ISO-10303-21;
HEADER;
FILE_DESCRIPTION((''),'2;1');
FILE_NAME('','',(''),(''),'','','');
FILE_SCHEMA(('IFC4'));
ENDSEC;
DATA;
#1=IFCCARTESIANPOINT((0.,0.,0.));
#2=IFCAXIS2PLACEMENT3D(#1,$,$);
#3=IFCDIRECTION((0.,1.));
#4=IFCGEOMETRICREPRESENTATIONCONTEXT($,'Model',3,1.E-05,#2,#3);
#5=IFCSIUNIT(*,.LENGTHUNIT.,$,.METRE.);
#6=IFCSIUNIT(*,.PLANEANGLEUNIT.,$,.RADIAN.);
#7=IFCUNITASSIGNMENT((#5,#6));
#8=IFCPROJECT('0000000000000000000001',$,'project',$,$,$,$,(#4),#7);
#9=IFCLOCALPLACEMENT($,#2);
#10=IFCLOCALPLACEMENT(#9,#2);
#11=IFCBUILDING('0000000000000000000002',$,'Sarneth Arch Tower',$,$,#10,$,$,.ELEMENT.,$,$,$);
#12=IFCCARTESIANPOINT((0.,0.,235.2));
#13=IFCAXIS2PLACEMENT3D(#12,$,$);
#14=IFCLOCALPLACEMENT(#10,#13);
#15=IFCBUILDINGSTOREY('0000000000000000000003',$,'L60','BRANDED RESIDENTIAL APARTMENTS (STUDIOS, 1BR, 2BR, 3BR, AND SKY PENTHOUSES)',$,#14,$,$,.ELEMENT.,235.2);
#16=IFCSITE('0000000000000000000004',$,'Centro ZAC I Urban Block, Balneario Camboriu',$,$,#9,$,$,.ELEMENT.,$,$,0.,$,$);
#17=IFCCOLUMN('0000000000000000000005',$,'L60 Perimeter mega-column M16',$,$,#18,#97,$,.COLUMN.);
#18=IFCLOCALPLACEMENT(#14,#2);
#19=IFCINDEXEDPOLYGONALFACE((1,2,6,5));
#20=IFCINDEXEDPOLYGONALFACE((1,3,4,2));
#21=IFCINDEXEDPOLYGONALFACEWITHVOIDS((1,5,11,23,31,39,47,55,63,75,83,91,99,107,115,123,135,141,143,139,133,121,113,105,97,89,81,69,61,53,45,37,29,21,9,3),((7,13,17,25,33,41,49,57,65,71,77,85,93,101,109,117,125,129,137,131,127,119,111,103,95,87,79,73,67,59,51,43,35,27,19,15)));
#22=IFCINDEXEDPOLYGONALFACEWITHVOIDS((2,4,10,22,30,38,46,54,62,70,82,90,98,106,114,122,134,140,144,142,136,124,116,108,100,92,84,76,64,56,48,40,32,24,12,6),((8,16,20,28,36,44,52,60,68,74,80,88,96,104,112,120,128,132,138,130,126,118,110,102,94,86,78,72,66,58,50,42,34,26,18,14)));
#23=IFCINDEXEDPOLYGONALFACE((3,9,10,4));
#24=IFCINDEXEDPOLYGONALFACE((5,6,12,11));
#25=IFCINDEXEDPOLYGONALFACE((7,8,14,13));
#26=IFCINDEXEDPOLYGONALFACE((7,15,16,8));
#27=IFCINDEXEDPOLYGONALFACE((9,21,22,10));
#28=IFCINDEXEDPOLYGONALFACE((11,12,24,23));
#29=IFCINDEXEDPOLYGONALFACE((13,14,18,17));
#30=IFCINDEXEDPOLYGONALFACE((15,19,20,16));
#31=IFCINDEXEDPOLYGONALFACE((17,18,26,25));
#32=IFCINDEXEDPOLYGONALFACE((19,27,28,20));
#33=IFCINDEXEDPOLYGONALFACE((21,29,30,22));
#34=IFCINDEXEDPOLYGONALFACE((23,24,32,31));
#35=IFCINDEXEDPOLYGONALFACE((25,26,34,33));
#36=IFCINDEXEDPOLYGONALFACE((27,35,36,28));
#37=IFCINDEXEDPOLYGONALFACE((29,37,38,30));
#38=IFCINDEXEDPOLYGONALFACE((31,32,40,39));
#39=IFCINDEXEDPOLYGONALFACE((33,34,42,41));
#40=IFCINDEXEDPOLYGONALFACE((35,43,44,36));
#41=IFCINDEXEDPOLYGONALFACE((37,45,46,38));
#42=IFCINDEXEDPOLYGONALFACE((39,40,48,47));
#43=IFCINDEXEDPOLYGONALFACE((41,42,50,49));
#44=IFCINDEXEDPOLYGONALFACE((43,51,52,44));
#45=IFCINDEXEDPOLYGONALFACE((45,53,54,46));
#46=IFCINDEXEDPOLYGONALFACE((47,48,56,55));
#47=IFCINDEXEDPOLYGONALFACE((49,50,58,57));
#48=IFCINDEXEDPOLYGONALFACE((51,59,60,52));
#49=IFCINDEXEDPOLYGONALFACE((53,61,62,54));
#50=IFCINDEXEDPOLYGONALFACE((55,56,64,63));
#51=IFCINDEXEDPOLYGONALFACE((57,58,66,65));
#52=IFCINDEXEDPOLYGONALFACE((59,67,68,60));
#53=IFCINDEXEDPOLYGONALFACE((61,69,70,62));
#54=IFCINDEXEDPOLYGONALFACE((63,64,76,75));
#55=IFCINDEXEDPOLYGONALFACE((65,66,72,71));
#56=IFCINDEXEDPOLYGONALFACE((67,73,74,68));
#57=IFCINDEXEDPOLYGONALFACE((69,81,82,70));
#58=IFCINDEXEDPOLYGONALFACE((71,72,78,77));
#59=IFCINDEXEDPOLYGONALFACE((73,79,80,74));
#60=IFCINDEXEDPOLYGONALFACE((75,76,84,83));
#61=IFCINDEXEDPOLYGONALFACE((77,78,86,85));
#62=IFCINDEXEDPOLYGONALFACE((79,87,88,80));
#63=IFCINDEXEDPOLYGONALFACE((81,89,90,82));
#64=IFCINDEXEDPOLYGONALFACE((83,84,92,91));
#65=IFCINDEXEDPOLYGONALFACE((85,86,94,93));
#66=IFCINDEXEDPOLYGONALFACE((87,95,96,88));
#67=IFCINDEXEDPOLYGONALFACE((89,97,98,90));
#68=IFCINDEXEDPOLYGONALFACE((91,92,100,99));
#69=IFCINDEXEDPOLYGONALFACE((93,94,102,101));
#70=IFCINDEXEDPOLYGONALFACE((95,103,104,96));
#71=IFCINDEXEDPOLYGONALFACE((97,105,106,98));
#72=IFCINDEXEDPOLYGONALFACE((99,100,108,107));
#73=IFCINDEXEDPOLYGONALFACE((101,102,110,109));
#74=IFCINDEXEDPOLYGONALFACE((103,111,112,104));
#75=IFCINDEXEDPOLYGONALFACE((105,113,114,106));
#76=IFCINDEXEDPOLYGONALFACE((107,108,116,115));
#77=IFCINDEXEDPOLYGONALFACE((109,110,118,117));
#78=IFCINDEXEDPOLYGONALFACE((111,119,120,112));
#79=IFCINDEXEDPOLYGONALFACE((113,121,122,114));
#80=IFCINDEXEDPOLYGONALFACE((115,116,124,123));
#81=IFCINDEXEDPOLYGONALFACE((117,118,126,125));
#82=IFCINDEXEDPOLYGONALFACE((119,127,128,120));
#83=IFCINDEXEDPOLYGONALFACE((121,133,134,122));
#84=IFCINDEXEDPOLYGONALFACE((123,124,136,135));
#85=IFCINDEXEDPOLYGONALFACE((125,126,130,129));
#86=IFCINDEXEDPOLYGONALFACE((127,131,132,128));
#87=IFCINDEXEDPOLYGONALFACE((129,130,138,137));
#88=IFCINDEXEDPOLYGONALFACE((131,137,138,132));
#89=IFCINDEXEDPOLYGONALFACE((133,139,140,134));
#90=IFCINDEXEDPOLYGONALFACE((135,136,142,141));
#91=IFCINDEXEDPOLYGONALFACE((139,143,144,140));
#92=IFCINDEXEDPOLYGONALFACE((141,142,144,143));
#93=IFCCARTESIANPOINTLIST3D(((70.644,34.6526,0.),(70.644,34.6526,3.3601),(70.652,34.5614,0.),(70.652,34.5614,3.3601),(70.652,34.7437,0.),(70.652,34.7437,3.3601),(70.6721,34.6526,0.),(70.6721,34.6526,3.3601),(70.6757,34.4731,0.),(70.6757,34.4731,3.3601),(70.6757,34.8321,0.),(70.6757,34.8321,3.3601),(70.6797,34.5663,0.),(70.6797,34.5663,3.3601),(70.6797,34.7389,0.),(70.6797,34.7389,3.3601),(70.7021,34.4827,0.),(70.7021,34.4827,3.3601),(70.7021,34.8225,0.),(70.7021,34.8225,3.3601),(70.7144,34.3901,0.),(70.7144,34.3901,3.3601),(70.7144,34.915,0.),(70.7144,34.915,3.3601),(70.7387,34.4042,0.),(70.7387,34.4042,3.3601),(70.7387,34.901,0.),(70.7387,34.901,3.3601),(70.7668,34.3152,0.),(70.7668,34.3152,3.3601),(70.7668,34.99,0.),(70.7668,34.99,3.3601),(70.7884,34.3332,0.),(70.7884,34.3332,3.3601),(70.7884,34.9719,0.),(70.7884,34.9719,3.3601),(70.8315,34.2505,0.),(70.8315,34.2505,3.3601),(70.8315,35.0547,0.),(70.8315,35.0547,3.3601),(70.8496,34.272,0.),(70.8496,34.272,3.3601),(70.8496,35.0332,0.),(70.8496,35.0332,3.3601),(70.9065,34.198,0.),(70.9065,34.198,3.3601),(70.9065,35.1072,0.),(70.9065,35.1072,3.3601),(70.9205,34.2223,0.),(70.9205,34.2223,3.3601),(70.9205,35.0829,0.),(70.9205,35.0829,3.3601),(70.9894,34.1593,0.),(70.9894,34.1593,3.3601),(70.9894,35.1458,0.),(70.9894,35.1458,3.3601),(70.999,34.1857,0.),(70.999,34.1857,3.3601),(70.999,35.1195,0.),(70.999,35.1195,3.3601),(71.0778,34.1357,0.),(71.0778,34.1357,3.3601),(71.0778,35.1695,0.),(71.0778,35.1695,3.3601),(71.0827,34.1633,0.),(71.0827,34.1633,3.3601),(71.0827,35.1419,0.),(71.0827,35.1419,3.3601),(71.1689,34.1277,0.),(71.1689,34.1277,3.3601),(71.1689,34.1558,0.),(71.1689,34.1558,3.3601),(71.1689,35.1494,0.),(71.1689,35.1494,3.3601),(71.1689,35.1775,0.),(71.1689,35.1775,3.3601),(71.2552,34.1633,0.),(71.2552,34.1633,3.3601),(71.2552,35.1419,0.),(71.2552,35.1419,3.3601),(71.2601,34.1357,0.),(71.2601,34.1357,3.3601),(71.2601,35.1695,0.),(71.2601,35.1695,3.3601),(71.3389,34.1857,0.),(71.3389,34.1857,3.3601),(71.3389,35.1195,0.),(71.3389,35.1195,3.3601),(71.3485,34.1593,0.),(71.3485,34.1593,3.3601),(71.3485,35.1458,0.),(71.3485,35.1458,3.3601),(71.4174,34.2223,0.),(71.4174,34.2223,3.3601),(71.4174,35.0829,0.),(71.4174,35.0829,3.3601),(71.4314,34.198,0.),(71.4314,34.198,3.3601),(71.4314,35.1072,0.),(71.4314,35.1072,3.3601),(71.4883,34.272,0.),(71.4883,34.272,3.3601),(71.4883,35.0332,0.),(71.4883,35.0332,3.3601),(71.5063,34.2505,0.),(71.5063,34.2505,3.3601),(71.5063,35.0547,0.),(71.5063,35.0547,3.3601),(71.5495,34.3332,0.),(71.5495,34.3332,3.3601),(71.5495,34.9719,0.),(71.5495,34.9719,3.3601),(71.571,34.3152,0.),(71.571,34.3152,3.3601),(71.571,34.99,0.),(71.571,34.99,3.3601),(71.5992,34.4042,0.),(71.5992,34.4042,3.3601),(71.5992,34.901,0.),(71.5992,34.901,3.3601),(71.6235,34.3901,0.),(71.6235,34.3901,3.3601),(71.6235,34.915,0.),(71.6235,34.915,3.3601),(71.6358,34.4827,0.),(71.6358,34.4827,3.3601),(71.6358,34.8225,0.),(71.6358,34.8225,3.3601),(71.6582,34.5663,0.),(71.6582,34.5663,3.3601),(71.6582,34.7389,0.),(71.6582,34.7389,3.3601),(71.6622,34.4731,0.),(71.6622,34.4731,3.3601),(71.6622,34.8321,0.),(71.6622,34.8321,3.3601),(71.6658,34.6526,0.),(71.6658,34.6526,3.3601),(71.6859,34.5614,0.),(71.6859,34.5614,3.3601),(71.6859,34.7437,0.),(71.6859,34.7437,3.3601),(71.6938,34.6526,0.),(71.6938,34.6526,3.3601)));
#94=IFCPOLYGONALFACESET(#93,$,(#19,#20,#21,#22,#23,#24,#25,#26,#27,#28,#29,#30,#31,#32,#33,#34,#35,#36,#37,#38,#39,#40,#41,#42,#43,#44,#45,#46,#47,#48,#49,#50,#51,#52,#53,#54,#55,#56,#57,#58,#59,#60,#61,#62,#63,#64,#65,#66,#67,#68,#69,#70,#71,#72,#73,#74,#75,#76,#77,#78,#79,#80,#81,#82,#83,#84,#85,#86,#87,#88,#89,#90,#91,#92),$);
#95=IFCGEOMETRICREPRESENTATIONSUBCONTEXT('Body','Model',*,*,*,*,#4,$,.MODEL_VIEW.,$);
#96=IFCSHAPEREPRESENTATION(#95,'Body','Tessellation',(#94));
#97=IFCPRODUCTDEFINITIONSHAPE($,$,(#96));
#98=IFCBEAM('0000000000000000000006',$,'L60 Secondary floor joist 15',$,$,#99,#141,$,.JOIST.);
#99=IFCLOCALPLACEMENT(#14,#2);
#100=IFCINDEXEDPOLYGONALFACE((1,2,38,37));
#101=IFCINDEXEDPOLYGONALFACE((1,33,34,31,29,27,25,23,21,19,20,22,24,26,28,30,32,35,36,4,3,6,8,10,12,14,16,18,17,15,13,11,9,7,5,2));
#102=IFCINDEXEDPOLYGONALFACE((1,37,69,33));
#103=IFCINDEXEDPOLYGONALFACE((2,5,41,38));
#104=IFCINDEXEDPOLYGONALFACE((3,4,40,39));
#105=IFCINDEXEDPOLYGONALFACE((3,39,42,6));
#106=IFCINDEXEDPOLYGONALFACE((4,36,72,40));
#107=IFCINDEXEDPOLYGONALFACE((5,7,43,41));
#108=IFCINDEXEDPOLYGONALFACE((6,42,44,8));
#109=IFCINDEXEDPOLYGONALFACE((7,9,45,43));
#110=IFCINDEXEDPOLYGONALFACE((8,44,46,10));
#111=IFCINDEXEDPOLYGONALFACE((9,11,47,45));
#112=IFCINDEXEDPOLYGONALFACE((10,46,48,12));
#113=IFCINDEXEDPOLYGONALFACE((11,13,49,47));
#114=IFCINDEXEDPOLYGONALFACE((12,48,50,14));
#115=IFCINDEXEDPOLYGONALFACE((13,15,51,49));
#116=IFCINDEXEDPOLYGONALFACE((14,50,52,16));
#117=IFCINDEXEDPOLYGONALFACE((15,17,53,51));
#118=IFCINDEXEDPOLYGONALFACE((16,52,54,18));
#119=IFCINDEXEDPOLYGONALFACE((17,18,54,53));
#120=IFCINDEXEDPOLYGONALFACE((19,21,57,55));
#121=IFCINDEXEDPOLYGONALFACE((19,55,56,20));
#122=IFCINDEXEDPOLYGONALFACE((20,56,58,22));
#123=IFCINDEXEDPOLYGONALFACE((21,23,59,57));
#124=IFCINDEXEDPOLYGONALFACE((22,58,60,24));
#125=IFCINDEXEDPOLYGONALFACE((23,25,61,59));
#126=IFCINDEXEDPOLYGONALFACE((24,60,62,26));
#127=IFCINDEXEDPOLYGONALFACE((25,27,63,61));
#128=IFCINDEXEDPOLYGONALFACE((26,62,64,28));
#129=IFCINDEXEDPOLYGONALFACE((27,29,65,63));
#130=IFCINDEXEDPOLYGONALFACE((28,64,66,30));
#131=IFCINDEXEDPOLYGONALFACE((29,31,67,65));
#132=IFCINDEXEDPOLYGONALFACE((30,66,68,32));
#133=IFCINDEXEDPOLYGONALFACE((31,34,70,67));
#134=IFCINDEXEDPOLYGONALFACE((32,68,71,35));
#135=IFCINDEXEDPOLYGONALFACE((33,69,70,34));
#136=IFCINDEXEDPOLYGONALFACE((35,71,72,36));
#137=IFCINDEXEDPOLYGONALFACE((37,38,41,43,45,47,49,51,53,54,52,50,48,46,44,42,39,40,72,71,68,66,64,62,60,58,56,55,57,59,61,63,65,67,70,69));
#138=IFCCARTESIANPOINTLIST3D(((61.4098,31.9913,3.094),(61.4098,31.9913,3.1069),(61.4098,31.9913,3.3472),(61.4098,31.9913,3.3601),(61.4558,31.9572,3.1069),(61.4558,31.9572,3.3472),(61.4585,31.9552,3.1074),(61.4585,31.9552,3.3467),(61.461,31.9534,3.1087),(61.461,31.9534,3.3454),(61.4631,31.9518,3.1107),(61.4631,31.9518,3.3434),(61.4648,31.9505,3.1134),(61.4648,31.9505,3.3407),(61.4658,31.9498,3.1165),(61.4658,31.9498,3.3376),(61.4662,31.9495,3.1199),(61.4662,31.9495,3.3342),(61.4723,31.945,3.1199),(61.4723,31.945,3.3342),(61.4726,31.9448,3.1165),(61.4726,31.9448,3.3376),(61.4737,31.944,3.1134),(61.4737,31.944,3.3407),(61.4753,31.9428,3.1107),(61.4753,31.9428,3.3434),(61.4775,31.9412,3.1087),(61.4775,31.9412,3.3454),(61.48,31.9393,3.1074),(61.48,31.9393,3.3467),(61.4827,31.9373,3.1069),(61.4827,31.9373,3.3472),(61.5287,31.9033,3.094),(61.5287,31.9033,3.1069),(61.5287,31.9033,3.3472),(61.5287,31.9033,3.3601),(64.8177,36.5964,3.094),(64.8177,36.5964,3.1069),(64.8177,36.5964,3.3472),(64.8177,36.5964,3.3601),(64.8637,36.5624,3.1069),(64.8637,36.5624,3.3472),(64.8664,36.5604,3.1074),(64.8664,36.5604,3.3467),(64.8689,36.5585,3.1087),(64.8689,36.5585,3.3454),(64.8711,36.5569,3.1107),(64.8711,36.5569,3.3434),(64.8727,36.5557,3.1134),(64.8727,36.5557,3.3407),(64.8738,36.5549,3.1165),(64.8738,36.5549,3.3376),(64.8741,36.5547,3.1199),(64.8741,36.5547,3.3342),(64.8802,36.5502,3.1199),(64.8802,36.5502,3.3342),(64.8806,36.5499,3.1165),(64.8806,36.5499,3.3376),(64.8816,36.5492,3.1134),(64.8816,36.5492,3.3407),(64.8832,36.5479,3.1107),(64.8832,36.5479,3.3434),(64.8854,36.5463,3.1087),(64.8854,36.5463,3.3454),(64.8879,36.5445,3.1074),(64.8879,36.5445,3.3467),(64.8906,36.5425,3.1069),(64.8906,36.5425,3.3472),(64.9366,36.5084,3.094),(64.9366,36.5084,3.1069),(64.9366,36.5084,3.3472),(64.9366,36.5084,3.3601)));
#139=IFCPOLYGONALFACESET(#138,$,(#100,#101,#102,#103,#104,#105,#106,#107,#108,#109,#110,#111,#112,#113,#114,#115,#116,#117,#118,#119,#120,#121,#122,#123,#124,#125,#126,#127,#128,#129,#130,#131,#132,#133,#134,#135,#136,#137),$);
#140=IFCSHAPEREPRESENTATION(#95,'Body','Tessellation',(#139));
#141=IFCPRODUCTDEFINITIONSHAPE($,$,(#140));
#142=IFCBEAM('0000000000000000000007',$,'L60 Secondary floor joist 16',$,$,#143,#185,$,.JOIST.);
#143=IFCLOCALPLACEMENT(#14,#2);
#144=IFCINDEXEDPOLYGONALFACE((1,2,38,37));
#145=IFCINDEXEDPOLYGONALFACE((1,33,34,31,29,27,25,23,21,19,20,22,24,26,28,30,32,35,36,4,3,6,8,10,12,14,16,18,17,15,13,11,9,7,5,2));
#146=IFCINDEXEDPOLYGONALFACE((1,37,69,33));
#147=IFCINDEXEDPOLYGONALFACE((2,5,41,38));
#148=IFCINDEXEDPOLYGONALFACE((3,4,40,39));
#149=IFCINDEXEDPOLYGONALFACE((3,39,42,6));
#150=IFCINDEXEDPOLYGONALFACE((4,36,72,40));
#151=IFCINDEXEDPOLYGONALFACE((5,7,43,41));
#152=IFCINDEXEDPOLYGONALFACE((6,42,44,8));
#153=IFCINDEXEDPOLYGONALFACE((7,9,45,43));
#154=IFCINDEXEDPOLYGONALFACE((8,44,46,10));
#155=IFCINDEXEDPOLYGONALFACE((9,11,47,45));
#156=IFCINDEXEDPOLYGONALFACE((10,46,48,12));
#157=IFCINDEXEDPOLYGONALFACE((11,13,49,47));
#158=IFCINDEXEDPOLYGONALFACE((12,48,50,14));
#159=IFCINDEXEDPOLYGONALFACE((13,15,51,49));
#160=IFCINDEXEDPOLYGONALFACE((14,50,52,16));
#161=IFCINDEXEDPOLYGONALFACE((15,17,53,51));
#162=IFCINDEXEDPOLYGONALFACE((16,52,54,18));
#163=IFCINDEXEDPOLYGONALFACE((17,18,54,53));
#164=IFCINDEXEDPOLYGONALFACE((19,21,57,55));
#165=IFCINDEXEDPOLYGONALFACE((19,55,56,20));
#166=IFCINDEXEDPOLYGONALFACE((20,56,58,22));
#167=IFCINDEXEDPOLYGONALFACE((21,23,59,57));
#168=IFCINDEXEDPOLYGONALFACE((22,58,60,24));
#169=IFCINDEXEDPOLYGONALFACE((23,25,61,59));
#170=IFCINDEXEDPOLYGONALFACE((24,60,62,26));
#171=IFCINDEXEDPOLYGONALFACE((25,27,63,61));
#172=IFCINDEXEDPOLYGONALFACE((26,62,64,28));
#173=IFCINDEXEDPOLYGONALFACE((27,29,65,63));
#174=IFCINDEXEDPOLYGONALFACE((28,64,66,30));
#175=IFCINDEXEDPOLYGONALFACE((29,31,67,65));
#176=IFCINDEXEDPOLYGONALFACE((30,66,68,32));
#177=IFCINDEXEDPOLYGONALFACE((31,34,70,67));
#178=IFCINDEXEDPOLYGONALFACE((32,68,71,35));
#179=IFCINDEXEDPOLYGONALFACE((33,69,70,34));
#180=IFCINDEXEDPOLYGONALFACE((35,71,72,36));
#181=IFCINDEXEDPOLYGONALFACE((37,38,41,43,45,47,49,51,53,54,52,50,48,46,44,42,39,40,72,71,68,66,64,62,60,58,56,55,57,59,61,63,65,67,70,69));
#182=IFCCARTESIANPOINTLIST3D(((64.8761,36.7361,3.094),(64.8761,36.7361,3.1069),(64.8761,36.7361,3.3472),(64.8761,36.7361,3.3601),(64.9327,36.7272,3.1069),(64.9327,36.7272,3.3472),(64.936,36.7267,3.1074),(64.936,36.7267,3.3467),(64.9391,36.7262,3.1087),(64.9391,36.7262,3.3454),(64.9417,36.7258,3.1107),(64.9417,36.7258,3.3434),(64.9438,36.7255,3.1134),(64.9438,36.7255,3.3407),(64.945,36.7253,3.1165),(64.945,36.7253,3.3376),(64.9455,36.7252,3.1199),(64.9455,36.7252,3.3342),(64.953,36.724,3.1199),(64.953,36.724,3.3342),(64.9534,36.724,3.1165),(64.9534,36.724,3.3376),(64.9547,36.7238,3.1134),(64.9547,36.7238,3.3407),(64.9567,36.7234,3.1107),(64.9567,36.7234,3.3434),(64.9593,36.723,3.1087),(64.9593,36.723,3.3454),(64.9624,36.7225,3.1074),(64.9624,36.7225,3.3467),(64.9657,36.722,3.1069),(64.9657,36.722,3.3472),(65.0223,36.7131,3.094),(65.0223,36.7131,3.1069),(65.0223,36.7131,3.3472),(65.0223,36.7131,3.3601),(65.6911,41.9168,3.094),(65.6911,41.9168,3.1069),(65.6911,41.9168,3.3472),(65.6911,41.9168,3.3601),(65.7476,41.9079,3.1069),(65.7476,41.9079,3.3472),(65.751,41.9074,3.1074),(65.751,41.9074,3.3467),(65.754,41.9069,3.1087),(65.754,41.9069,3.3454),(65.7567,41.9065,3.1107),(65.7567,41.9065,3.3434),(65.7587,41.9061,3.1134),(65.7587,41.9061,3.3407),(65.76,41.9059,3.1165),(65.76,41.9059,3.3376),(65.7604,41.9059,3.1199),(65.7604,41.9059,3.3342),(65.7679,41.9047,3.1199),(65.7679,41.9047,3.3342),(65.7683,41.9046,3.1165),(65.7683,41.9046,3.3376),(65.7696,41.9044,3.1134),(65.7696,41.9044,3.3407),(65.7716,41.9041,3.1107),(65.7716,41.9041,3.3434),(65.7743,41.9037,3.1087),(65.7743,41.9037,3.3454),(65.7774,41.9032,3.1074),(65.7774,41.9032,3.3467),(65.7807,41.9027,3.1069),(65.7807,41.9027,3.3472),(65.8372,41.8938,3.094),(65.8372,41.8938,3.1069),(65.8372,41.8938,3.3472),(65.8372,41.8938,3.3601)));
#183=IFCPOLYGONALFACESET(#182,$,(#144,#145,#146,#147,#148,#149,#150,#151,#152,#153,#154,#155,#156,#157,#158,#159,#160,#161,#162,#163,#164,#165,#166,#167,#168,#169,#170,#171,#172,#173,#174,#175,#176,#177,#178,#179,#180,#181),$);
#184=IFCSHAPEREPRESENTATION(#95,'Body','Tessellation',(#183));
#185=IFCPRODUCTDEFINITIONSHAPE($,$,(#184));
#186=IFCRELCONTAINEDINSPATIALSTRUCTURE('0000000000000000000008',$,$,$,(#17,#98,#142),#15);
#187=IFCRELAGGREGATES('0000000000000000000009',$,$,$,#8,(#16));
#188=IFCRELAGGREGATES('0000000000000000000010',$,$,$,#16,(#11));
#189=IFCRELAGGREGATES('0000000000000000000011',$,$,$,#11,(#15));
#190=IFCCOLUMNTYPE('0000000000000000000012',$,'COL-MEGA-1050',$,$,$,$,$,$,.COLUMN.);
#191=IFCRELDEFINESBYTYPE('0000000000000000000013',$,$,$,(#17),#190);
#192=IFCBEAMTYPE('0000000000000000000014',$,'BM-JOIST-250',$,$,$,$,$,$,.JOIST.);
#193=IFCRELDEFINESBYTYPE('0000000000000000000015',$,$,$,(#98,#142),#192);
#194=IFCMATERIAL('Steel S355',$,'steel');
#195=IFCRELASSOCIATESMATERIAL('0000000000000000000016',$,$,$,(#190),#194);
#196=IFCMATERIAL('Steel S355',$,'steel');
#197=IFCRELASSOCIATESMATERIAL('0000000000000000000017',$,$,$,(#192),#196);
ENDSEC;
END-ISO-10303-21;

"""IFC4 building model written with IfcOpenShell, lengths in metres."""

from ifc_helpers import new_model, si_unit, direction, frame, origin, origin_2d, place, context, subcontext, project, spatial, hollow_circle, i_section, extrude, material, material_profile, profile_set, type_object, element, save


model = new_model("IFC4")

# Units and contexts
model_context = context("Model", 3, precision=1e-05, world=origin(), true_north=direction((0.0, 1.0)))
body_context = subcontext(model_context, "Body", "Model", "MODEL_VIEW")
ifc_project = project(units=[si_unit("LENGTHUNIT", "METRE"), si_unit("PLANEANGLEUNIT", "RADIAN")], contexts=[model_context])

# Site, building, storey
site_placement = place(None, origin())
site = spatial("IfcSite", under=ifc_project, at=site_placement, Name="Centro ZAC I Urban Block, Balneario Camboriu", CompositionType="ELEMENT", RefElevation=0.0)
building_placement = place(site_placement, origin())
building = spatial("IfcBuilding", under=site, at=building_placement, Name="Sarneth Arch Tower", CompositionType="ELEMENT")
storey_placement = place(building_placement, frame((0.0, 0.0, 235.2)))
storey = spatial("IfcBuildingStorey", under=building, at=storey_placement, Name="L60", Description="BRANDED RESIDENTIAL APARTMENTS (STUDIOS, 1BR, 2BR, 3BR, AND SKY PENTHOUSES)", CompositionType="ELEMENT", Elevation=235.2)

# Column
ifc_material_1 = material(Name="Steel S355", Category="steel")
ifc_material_profile_1 = material_profile(ifc_material_1, hollow_circle(Radius=0.5249, WallThickness=0.0281, at=origin_2d()), Name="CHS1050x28")
ifc_profile_set_1 = profile_set([ifc_material_profile_1], Name="Steel S355")
column_type = type_object("IfcColumnType", Name="COL-MEGA-1050", PredefinedType="COLUMN", material=ifc_profile_set_1)
column_placement = place(storey_placement, frame((71.1689, 34.6526, 0.0), z_axis=(0.0, 0.0, 1.0), x_axis=(1.0, 0.0, 0.0)))
element("IfcColumn", 1, at=column_placement, inside=storey, type_object=column_type, Name="L60 Perimeter mega-column M16", PredefinedType="COLUMN", context=body_context, shape_type="SweptSolid", body=[
    extrude(hollow_circle(Radius=0.5249, WallThickness=0.0281, at=origin_2d()), origin(), (0.0, 0.0, 1.0), 3.3601),
])

# Beams
ifc_material_2 = material(Name="Steel S355", Category="steel")
ifc_material_profile_2 = material_profile(ifc_material_2, i_section(OverallWidth=0.1479, OverallDepth=0.2661, WebThickness=0.0076, FlangeThickness=0.0129, FilletRadius=0.0129, at=origin_2d()), Name="W250x44.8")
ifc_profile_set_2 = profile_set([ifc_material_profile_2], Name="Steel S355")
beam_type_1 = type_object("IfcBeamType", Name="BM-JOIST-250", PredefinedType="JOIST", material=ifc_profile_set_2)
beam_1_placement = place(storey_placement, frame((61.4692, 31.9473, 3.2271), z_axis=(0.594853, 0.803834, 0.0), x_axis=(-0.803834, 0.594853, 0.0)))
element("IfcBeam", 2, at=beam_1_placement, inside=storey, type_object=beam_type_1, Name="L60 Secondary floor joist 15", PredefinedType="JOIST", context=body_context, shape_type="SweptSolid", body=[
    extrude(i_section(OverallWidth=0.1479, OverallDepth=0.2661, WebThickness=0.0076, FlangeThickness=0.0129, FilletRadius=0.0129, at=origin_2d()), origin(), (0.0, 0.0, 1.0), 5.729),
])
beam_2_placement = place(storey_placement, frame((64.9492, 36.7246, 3.2271), z_axis=(0.155394, 0.987853, 0.0), x_axis=(-0.987853, 0.155394, 0.0)))
element("IfcBeam", 3, at=beam_2_placement, inside=storey, type_object=beam_type_1, Name="L60 Secondary floor joist 16", PredefinedType="JOIST", context=body_context, shape_type="SweptSolid", body=[
    extrude(i_section(OverallWidth=0.1479, OverallDepth=0.2661, WebThickness=0.0076, FlangeThickness=0.0129, FilletRadius=0.0129, at=origin_2d()), origin(), (0.0, 0.0, 1.0), 5.2444),
])

save(model, "model.ifc")
